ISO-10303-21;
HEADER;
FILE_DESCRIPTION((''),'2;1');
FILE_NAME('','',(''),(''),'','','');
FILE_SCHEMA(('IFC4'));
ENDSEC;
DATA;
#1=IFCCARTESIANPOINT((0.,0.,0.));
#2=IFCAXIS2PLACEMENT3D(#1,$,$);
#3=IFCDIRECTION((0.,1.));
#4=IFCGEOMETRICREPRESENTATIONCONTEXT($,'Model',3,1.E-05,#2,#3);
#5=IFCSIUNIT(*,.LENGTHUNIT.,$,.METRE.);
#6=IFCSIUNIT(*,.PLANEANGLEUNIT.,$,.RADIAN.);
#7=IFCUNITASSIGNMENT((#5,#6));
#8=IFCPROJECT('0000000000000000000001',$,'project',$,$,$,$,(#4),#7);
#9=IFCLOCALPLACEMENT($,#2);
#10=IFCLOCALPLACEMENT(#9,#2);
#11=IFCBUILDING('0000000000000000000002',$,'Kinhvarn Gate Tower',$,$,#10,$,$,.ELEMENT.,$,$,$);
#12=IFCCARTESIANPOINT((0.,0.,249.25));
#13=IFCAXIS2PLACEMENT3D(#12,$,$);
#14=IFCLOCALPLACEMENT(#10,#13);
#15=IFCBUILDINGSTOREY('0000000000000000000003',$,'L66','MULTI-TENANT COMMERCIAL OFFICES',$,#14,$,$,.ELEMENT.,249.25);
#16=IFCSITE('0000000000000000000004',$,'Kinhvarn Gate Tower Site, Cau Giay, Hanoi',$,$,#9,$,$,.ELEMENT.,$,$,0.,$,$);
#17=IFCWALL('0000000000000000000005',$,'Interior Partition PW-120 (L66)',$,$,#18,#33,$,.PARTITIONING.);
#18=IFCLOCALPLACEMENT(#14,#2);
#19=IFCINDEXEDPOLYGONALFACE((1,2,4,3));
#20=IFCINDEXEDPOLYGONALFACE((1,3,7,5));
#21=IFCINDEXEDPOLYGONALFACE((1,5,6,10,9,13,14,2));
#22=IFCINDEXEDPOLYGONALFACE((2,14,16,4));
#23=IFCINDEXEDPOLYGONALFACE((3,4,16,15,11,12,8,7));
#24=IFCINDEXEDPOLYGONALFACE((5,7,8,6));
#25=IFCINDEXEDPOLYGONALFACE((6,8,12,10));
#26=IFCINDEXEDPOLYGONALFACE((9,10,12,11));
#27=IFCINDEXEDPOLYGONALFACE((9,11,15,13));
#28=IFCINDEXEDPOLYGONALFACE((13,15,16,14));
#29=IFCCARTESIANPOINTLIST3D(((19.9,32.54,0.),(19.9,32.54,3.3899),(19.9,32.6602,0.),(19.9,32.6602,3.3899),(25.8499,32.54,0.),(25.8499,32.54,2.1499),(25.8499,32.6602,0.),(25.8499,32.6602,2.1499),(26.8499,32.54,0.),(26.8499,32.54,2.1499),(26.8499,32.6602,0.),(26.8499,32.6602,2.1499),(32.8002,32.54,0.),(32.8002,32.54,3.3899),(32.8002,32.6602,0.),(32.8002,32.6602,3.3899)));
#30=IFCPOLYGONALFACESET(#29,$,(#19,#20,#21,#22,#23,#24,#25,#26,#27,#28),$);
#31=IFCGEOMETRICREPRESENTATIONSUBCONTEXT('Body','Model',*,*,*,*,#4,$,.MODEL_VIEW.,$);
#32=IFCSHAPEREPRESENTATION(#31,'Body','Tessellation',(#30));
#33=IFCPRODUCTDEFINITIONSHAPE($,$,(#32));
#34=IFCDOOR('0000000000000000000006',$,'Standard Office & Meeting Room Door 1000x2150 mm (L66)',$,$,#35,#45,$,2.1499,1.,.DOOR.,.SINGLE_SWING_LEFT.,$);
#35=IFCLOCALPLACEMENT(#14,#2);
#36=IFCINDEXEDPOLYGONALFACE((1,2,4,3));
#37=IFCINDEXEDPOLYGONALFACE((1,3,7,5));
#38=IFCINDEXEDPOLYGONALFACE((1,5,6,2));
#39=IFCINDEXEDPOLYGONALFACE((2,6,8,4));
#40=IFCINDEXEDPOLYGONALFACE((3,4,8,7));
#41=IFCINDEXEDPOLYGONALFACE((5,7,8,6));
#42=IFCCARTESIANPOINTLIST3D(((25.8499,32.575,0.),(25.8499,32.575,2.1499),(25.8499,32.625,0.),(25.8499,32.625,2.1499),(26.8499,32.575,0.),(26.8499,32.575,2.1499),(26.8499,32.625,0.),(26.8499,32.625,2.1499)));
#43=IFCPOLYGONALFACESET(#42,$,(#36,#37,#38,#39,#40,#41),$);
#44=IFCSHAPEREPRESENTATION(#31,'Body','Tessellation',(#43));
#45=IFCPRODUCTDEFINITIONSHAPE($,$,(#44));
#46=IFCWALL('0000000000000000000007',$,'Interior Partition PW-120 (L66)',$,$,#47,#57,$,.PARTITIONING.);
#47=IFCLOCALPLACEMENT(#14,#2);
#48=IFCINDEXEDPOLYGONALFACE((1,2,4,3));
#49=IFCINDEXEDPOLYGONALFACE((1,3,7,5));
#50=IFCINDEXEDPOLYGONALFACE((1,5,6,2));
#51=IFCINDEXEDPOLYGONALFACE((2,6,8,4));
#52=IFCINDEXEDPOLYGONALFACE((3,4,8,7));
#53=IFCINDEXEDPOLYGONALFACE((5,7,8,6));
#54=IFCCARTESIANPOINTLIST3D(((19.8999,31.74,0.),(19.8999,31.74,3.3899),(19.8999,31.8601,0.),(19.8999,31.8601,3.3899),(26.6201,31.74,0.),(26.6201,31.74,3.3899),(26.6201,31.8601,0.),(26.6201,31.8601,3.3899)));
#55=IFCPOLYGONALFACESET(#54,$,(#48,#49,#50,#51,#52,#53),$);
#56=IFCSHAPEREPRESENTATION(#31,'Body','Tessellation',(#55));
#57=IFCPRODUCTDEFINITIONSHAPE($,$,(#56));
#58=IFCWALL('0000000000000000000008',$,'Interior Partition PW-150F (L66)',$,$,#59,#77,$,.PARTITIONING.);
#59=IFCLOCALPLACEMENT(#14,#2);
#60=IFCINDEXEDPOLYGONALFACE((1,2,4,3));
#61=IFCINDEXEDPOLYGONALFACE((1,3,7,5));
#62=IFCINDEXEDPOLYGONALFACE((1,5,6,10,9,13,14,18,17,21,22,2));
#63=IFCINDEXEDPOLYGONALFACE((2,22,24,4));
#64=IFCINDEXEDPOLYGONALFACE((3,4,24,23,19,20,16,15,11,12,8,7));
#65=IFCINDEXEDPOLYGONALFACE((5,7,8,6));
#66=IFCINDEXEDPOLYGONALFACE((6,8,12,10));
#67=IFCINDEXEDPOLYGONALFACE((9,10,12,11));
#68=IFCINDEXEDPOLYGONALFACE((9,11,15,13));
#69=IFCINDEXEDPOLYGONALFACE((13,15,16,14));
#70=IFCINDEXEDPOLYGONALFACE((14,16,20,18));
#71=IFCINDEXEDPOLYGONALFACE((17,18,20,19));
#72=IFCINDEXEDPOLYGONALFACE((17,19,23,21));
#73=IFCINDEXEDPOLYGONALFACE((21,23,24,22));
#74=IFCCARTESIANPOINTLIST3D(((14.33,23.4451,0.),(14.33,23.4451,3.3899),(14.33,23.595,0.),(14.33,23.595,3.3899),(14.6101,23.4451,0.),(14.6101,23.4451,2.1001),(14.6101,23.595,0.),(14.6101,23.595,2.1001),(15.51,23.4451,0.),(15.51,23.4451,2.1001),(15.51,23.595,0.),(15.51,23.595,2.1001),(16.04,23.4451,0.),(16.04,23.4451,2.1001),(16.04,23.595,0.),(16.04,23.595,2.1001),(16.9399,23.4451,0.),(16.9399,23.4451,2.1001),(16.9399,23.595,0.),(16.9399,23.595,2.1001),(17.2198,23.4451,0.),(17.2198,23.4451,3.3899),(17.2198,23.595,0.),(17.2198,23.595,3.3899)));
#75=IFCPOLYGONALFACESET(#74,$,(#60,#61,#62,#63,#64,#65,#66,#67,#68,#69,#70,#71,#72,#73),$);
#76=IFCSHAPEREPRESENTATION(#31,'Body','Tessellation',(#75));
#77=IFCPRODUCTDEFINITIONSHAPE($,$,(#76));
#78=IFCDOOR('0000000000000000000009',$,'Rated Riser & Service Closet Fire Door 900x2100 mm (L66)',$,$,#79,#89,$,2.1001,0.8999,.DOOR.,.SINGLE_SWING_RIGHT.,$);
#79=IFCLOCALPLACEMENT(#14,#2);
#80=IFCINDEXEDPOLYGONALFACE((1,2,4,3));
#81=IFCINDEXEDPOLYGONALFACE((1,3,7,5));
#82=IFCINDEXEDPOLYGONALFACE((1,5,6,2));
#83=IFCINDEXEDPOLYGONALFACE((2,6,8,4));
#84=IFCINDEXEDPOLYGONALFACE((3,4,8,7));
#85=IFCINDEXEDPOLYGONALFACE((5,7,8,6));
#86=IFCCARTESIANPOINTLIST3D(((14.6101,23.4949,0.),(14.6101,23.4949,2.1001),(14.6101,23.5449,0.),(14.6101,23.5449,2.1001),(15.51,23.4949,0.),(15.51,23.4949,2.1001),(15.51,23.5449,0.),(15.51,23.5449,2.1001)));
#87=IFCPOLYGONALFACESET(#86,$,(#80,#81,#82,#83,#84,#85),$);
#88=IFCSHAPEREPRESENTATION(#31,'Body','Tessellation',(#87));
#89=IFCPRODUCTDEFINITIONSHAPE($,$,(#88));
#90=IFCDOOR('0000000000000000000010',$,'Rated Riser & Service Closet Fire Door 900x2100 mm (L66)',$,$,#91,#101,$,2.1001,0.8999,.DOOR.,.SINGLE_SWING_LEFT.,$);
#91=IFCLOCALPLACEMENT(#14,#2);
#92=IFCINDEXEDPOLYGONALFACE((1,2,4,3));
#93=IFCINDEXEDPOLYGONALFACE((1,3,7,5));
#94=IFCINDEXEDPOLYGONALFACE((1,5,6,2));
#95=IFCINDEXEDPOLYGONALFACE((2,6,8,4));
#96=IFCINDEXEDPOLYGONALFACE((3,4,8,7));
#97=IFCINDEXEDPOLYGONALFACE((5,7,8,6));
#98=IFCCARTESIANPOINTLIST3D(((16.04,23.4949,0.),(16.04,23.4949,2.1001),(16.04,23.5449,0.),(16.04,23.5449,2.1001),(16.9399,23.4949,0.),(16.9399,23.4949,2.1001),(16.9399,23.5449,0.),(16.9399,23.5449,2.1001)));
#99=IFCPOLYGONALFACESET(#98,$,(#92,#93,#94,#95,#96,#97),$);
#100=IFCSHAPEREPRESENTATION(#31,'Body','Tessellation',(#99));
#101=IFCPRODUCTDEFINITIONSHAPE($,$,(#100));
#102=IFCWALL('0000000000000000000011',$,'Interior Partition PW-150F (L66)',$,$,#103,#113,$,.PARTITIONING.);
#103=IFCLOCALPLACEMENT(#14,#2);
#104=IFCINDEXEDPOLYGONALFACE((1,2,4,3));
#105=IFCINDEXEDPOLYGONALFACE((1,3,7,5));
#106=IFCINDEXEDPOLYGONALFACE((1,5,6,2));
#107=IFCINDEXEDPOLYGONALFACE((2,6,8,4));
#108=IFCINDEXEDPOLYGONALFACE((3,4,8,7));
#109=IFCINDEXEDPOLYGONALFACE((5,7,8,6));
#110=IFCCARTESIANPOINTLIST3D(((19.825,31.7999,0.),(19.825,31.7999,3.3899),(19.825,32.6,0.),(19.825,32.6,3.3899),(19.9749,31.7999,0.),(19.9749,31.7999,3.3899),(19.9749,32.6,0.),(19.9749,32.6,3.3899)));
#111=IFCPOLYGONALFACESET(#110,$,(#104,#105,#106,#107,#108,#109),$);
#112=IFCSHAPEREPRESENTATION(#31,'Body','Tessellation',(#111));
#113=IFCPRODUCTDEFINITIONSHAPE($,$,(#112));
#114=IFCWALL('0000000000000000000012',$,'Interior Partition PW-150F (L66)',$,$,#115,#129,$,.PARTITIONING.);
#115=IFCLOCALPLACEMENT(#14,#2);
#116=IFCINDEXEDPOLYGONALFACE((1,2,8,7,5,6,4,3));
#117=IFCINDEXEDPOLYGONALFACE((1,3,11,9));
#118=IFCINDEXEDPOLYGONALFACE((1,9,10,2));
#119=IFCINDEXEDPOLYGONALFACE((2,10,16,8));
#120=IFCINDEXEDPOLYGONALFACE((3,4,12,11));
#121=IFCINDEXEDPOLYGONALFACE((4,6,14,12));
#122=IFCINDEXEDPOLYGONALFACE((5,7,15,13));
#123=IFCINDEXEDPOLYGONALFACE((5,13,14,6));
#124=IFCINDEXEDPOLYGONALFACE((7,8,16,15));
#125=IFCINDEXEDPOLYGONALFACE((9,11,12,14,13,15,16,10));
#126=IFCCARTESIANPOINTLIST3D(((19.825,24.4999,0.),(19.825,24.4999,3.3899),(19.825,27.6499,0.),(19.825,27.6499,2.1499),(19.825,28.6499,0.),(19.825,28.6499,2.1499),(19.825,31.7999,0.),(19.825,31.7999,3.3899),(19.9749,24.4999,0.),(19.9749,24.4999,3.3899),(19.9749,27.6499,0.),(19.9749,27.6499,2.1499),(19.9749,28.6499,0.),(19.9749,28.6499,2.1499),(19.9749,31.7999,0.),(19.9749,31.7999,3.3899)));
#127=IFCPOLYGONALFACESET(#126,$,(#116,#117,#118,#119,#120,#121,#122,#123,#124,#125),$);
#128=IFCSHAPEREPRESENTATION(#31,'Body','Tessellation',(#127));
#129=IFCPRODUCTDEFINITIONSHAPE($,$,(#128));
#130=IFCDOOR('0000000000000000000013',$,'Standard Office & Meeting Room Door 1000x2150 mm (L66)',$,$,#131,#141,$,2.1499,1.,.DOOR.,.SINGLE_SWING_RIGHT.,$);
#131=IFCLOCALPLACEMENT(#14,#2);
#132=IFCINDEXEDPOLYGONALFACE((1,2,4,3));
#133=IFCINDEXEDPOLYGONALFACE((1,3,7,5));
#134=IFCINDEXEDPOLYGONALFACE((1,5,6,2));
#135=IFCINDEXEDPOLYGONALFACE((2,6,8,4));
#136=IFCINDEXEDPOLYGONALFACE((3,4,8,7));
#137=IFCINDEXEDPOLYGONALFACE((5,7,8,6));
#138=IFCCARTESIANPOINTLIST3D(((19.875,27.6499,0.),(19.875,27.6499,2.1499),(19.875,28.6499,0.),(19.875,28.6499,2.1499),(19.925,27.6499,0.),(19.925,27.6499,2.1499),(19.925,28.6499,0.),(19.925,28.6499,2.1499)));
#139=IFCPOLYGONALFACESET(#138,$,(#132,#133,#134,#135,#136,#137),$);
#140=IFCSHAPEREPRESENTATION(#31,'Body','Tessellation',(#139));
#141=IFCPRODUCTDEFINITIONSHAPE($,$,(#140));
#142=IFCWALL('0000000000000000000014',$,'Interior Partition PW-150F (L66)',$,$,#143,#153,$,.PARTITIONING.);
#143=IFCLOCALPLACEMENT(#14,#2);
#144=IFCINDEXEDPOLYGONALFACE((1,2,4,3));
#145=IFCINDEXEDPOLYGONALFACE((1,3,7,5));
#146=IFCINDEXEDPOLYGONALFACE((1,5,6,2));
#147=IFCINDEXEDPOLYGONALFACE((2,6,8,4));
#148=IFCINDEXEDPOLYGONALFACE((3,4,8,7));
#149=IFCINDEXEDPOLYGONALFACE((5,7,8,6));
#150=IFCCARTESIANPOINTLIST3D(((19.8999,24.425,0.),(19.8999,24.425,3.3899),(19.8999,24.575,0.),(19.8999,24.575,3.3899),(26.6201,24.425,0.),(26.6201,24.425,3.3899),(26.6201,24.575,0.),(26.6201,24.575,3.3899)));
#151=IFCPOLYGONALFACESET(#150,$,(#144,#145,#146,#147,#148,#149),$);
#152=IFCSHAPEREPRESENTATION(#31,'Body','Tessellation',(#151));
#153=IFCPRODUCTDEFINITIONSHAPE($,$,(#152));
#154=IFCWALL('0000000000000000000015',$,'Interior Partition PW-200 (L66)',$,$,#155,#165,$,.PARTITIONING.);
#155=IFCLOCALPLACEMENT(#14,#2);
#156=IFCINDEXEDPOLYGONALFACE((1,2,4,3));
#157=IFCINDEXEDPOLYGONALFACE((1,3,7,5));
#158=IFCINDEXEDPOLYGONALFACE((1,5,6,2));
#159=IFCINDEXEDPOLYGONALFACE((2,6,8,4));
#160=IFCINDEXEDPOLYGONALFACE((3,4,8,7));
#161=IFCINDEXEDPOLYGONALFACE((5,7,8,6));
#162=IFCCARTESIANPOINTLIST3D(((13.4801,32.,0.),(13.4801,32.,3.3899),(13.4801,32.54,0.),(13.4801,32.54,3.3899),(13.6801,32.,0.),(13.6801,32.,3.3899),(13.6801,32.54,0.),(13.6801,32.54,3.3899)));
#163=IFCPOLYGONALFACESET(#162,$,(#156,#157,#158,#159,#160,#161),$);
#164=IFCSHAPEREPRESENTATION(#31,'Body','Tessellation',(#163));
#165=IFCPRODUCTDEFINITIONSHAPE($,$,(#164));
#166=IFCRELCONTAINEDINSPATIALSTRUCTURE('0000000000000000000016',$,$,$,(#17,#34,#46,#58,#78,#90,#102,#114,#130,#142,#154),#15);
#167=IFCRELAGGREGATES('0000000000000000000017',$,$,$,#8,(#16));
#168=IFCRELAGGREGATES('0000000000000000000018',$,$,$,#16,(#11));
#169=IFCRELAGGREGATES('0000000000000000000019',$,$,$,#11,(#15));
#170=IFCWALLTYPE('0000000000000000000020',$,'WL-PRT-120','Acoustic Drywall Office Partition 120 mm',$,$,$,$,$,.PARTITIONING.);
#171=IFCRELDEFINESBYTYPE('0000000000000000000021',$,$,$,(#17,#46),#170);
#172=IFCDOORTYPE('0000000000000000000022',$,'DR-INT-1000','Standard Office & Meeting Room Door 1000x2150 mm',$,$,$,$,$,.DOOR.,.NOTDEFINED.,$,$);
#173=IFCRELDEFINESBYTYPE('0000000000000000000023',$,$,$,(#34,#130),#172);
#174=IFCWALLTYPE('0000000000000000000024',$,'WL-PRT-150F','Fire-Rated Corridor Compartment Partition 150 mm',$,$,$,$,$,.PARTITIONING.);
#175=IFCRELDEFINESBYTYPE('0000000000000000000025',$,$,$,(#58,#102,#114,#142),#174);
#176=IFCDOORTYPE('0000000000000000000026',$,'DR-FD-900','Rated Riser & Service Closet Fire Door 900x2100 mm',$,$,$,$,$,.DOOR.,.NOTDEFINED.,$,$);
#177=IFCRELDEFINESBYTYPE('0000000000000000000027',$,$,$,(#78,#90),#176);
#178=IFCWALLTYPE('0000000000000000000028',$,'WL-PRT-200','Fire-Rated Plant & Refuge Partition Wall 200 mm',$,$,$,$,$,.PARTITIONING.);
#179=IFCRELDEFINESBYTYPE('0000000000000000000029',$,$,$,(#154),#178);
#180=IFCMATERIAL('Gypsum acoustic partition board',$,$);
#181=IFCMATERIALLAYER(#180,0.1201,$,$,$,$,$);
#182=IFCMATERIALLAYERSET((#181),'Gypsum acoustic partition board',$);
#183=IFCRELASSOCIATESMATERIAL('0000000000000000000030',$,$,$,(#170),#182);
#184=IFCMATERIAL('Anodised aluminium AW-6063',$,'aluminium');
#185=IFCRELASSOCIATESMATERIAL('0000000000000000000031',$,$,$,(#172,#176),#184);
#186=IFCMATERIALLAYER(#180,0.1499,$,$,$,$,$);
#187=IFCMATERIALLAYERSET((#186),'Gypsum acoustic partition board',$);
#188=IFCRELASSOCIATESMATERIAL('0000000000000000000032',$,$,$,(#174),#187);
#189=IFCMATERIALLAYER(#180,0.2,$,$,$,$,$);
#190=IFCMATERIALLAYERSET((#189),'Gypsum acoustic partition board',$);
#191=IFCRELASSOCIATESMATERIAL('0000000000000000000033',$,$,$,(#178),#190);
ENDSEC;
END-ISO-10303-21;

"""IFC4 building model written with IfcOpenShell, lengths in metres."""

from ifc_helpers import new_model, si_unit, direction, frame, frame_2d, origin, place, context, subcontext, project, spatial, rectangle, extrude, material, layer, layer_set, type_object, element, fill, save


model = new_model("IFC4")

# Units and contexts
model_context = context("Model", 3, precision=1e-05, world=origin(), true_north=direction((0.0, 1.0)))
body_context = subcontext(model_context, "Body", "Model", "MODEL_VIEW")
ifc_project = project(units=[si_unit("LENGTHUNIT", "METRE"), si_unit("PLANEANGLEUNIT", "RADIAN")], contexts=[model_context])

# Site, building, storey
site_placement = place(None, origin())
site = spatial("IfcSite", under=ifc_project, at=site_placement, Name="Kinhvarn Gate Tower Site, Cau Giay, Hanoi", CompositionType="ELEMENT", RefElevation=0.0)
building_placement = place(site_placement, origin())
building = spatial("IfcBuilding", under=site, at=building_placement, Name="Kinhvarn Gate Tower", CompositionType="ELEMENT")
storey_placement = place(building_placement, frame((0.0, 0.0, 249.25)))
storey = spatial("IfcBuildingStorey", under=building, at=storey_placement, Name="L66", Description="MULTI-TENANT COMMERCIAL OFFICES", CompositionType="ELEMENT", Elevation=249.25)

# Wall, opening, door
ifc_material_1 = material(Name="Anodised aluminium AW-6063", Category="aluminium")
ifc_material_2 = material(Name="Gypsum acoustic partition board")
ifc_layer_1 = layer(ifc_material_2, 0.1201)
ifc_layer_set_1 = layer_set([ifc_layer_1], Name="Gypsum acoustic partition board")
wall_type_1 = type_object("IfcWallType", Name="WL-PRT-120", Description="Acoustic Drywall Office Partition 120 mm", PredefinedType="PARTITIONING", material=ifc_layer_set_1)
wall_1_placement = place(storey_placement, frame((19.8999, 32.6001, 0.0), z_axis=(0.0, 0.0, 1.0), x_axis=(1.0, 0.0, 0.0)))
wall_1 = element("IfcWall", 1, at=wall_1_placement, inside=storey, type_object=wall_type_1, Name="Interior Partition PW-120 (L66)", PredefinedType="PARTITIONING", context=body_context, shape_type="SweptSolid", body=[
    extrude(rectangle(XDim=12.9001, YDim=0.1201, at=frame_2d((6.4502, 0.0))), origin(), (0.0, 0.0, 1.0), 3.3899),
])
opening_1_placement = place(wall_1_placement, frame((5.95, 0.0, 0.0)))
opening_1 = element("IfcOpeningElement", 2, at=opening_1_placement, cuts=wall_1, PredefinedType="OPENING", context=body_context, shape_type="SweptSolid", body=[
    extrude(rectangle(XDim=1.0, YDim=2.1499, at=frame_2d((0.5, 1.075))), frame((0.0, 0.0701, 0.0), z_axis=(0.0, -1.0, 0.0), x_axis=(1.0, 0.0, 0.0)), (0.0, 0.0, 1.0), 0.1401),
])
door_type_1 = type_object("IfcDoorType", Name="DR-INT-1000", Description="Standard Office & Meeting Room Door 1000x2150 mm", OperationType="NOTDEFINED", PredefinedType="DOOR", material=ifc_material_1)
door_1_placement = place(opening_1_placement, origin())
door_1 = element("IfcDoor", 3, at=door_1_placement, inside=storey, type_object=door_type_1, Name="Standard Office & Meeting Room Door 1000x2150 mm (L66)", OperationType="SINGLE_SWING_LEFT", OverallHeight=2.1499, OverallWidth=1.0, PredefinedType="DOOR", context=body_context, shape_type="SweptSolid", body=[
    extrude(rectangle(XDim=1.0, YDim=2.1499, at=frame_2d((0.5, 1.075))), frame((0.0, 0.0249, 0.0), z_axis=(0.0, -1.0, 0.0), x_axis=(1.0, 0.0, 0.0)), (0.0, 0.0, 1.0), 0.05),
])
fill(opening_1, door_1)

# Wall
wall_2_placement = place(storey_placement, frame((19.8999, 31.8, 0.0), z_axis=(0.0, 0.0, 1.0), x_axis=(1.0, 0.0, 0.0)))
element("IfcWall", 4, at=wall_2_placement, inside=storey, type_object=wall_type_1, Name="Interior Partition PW-120 (L66)", PredefinedType="PARTITIONING", context=body_context, shape_type="SweptSolid", body=[
    extrude(rectangle(XDim=6.7202, YDim=0.1201, at=frame_2d((3.3601, 0.0))), origin(), (0.0, 0.0, 1.0), 3.3899),
])

# Wall, openings, doors
ifc_layer_2 = layer(ifc_material_2, 0.1499)
ifc_layer_set_2 = layer_set([ifc_layer_2], Name="Gypsum acoustic partition board")
wall_type_2 = type_object("IfcWallType", Name="WL-PRT-150F", Description="Fire-Rated Corridor Compartment Partition 150 mm", PredefinedType="PARTITIONING", material=ifc_layer_set_2)
wall_3_placement = place(storey_placement, frame((14.3301, 23.52, 0.0), z_axis=(0.0, 0.0, 1.0), x_axis=(1.0, 0.0, 0.0)))
wall_3 = element("IfcWall", 5, at=wall_3_placement, inside=storey, type_object=wall_type_2, Name="Interior Partition PW-150F (L66)", PredefinedType="PARTITIONING", context=body_context, shape_type="SweptSolid", body=[
    extrude(rectangle(XDim=2.8899, YDim=0.1499, at=frame_2d((1.4448, 0.0))), origin(), (0.0, 0.0, 1.0), 3.3899),
])
opening_2_placement = place(wall_3_placement, frame((0.28, 0.0, 0.0)))
opening_2 = element("IfcOpeningElement", 6, at=opening_2_placement, cuts=wall_3, PredefinedType="OPENING", context=body_context, shape_type="SweptSolid", body=[
    extrude(rectangle(XDim=0.8999, YDim=2.1001, at=frame_2d((0.45, 1.05))), frame((0.0, 0.085, 0.0), z_axis=(0.0, -1.0, 0.0), x_axis=(1.0, 0.0, 0.0)), (0.0, 0.0, 1.0), 0.1699),
])
opening_3_placement = place(wall_3_placement, frame((1.71, 0.0, 0.0)))
opening_3 = element("IfcOpeningElement", 7, at=opening_3_placement, cuts=wall_3, PredefinedType="OPENING", context=body_context, shape_type="SweptSolid", body=[
    extrude(rectangle(XDim=0.8999, YDim=2.1001, at=frame_2d((0.45, 1.05))), frame((0.0, 0.085, 0.0), z_axis=(0.0, -1.0, 0.0), x_axis=(1.0, 0.0, 0.0)), (0.0, 0.0, 1.0), 0.1699),
])
door_type_2 = type_object("IfcDoorType", Name="DR-FD-900", Description="Rated Riser & Service Closet Fire Door 900x2100 mm", OperationType="NOTDEFINED", PredefinedType="DOOR", material=ifc_material_1)
door_2_placement = place(opening_2_placement, origin())
door_2 = element("IfcDoor", 8, at=door_2_placement, inside=storey, type_object=door_type_2, Name="Rated Riser & Service Closet Fire Door 900x2100 mm (L66)", OperationType="SINGLE_SWING_RIGHT", OverallHeight=2.1001, OverallWidth=0.8999, PredefinedType="DOOR", context=body_context, shape_type="SweptSolid", body=[
    extrude(rectangle(XDim=0.8999, YDim=2.1001, at=frame_2d((0.45, 1.05))), frame((0.0, 0.0249, 0.0), z_axis=(0.0, -1.0, 0.0), x_axis=(1.0, 0.0, 0.0)), (0.0, 0.0, 1.0), 0.05),
])
fill(opening_2, door_2)
door_3_placement = place(opening_3_placement, origin())
door_3 = element("IfcDoor", 9, at=door_3_placement, inside=storey, type_object=door_type_2, Name="Rated Riser & Service Closet Fire Door 900x2100 mm (L66)", OperationType="SINGLE_SWING_LEFT", OverallHeight=2.1001, OverallWidth=0.8999, PredefinedType="DOOR", context=body_context, shape_type="SweptSolid", body=[
    extrude(rectangle(XDim=0.8999, YDim=2.1001, at=frame_2d((0.45, 1.05))), frame((0.0, 0.0249, 0.0), z_axis=(0.0, -1.0, 0.0), x_axis=(1.0, 0.0, 0.0)), (0.0, 0.0, 1.0), 0.05),
])
fill(opening_3, door_3)

# Wall
wall_4_placement = place(storey_placement, frame((19.8999, 31.8, 0.0), z_axis=(0.0, 0.0, 1.0), x_axis=(0.0, 1.0, 0.0)))
element("IfcWall", 10, at=wall_4_placement, inside=storey, type_object=wall_type_2, Name="Interior Partition PW-150F (L66)", PredefinedType="PARTITIONING", context=body_context, shape_type="SweptSolid", body=[
    extrude(rectangle(XDim=0.8, YDim=0.1499, at=frame_2d((0.3999, 0.0))), origin(), (0.0, 0.0, 1.0), 3.3899),
])

# Wall, opening, door
wall_5_placement = place(storey_placement, frame((19.8999, 24.5, 0.0), z_axis=(0.0, 0.0, 1.0), x_axis=(0.0, 1.0, 0.0)))
wall_5 = element("IfcWall", 11, at=wall_5_placement, inside=storey, type_object=wall_type_2, Name="Interior Partition PW-150F (L66)", PredefinedType="PARTITIONING", context=body_context, shape_type="SweptSolid", body=[
    extrude(rectangle(XDim=7.3, YDim=0.1499, at=frame_2d((3.6499, 0.0))), origin(), (0.0, 0.0, 1.0), 3.3899),
])
opening_4_placement = place(wall_5_placement, frame((3.1499, 0.0, 0.0)))
opening_4 = element("IfcOpeningElement", 12, at=opening_4_placement, cuts=wall_5, PredefinedType="OPENING", context=body_context, shape_type="SweptSolid", body=[
    extrude(rectangle(XDim=1.0, YDim=2.1499, at=frame_2d((0.5, 1.075))), frame((0.0, 0.085, 0.0), z_axis=(0.0, -1.0, 0.0), x_axis=(1.0, 0.0, 0.0)), (0.0, 0.0, 1.0), 0.1699),
])
door_4_placement = place(opening_4_placement, origin())
door_4 = element("IfcDoor", 13, at=door_4_placement, inside=storey, type_object=door_type_1, Name="Standard Office & Meeting Room Door 1000x2150 mm (L66)", OperationType="SINGLE_SWING_RIGHT", OverallHeight=2.1499, OverallWidth=1.0, PredefinedType="DOOR", context=body_context, shape_type="SweptSolid", body=[
    extrude(rectangle(XDim=1.0, YDim=2.1499, at=frame_2d((0.5, 1.075))), frame((0.0, 0.0249, 0.0), z_axis=(0.0, -1.0, 0.0), x_axis=(1.0, 0.0, 0.0)), (0.0, 0.0, 1.0), 0.05),
])
fill(opening_4, door_4)

# Walls
wall_6_placement = place(storey_placement, frame((19.8999, 24.5, 0.0), z_axis=(0.0, 0.0, 1.0), x_axis=(1.0, 0.0, 0.0)))
element("IfcWall", 14, at=wall_6_placement, inside=storey, type_object=wall_type_2, Name="Interior Partition PW-150F (L66)", PredefinedType="PARTITIONING", context=body_context, shape_type="SweptSolid", body=[
    extrude(rectangle(XDim=6.7202, YDim=0.1499, at=frame_2d((3.3601, 0.0))), origin(), (0.0, 0.0, 1.0), 3.3899),
])
ifc_layer_3 = layer(ifc_material_2, 0.2)
ifc_layer_set_3 = layer_set([ifc_layer_3], Name="Gypsum acoustic partition board")
wall_type_3 = type_object("IfcWallType", Name="WL-PRT-200", Description="Fire-Rated Plant & Refuge Partition Wall 200 mm", PredefinedType="PARTITIONING", material=ifc_layer_set_3)
wall_7_placement = place(storey_placement, frame((13.5801, 32.0, 0.0), z_axis=(0.0, 0.0, 1.0), x_axis=(0.0, 1.0, 0.0)))
element("IfcWall", 15, at=wall_7_placement, inside=storey, type_object=wall_type_3, Name="Interior Partition PW-200 (L66)", PredefinedType="PARTITIONING", context=body_context, shape_type="SweptSolid", body=[
    extrude(rectangle(XDim=0.54, YDim=0.2, at=frame_2d((0.27, 0.0))), origin(), (0.0, 0.0, 1.0), 3.3899),
])

save(model, "model.ifc")
